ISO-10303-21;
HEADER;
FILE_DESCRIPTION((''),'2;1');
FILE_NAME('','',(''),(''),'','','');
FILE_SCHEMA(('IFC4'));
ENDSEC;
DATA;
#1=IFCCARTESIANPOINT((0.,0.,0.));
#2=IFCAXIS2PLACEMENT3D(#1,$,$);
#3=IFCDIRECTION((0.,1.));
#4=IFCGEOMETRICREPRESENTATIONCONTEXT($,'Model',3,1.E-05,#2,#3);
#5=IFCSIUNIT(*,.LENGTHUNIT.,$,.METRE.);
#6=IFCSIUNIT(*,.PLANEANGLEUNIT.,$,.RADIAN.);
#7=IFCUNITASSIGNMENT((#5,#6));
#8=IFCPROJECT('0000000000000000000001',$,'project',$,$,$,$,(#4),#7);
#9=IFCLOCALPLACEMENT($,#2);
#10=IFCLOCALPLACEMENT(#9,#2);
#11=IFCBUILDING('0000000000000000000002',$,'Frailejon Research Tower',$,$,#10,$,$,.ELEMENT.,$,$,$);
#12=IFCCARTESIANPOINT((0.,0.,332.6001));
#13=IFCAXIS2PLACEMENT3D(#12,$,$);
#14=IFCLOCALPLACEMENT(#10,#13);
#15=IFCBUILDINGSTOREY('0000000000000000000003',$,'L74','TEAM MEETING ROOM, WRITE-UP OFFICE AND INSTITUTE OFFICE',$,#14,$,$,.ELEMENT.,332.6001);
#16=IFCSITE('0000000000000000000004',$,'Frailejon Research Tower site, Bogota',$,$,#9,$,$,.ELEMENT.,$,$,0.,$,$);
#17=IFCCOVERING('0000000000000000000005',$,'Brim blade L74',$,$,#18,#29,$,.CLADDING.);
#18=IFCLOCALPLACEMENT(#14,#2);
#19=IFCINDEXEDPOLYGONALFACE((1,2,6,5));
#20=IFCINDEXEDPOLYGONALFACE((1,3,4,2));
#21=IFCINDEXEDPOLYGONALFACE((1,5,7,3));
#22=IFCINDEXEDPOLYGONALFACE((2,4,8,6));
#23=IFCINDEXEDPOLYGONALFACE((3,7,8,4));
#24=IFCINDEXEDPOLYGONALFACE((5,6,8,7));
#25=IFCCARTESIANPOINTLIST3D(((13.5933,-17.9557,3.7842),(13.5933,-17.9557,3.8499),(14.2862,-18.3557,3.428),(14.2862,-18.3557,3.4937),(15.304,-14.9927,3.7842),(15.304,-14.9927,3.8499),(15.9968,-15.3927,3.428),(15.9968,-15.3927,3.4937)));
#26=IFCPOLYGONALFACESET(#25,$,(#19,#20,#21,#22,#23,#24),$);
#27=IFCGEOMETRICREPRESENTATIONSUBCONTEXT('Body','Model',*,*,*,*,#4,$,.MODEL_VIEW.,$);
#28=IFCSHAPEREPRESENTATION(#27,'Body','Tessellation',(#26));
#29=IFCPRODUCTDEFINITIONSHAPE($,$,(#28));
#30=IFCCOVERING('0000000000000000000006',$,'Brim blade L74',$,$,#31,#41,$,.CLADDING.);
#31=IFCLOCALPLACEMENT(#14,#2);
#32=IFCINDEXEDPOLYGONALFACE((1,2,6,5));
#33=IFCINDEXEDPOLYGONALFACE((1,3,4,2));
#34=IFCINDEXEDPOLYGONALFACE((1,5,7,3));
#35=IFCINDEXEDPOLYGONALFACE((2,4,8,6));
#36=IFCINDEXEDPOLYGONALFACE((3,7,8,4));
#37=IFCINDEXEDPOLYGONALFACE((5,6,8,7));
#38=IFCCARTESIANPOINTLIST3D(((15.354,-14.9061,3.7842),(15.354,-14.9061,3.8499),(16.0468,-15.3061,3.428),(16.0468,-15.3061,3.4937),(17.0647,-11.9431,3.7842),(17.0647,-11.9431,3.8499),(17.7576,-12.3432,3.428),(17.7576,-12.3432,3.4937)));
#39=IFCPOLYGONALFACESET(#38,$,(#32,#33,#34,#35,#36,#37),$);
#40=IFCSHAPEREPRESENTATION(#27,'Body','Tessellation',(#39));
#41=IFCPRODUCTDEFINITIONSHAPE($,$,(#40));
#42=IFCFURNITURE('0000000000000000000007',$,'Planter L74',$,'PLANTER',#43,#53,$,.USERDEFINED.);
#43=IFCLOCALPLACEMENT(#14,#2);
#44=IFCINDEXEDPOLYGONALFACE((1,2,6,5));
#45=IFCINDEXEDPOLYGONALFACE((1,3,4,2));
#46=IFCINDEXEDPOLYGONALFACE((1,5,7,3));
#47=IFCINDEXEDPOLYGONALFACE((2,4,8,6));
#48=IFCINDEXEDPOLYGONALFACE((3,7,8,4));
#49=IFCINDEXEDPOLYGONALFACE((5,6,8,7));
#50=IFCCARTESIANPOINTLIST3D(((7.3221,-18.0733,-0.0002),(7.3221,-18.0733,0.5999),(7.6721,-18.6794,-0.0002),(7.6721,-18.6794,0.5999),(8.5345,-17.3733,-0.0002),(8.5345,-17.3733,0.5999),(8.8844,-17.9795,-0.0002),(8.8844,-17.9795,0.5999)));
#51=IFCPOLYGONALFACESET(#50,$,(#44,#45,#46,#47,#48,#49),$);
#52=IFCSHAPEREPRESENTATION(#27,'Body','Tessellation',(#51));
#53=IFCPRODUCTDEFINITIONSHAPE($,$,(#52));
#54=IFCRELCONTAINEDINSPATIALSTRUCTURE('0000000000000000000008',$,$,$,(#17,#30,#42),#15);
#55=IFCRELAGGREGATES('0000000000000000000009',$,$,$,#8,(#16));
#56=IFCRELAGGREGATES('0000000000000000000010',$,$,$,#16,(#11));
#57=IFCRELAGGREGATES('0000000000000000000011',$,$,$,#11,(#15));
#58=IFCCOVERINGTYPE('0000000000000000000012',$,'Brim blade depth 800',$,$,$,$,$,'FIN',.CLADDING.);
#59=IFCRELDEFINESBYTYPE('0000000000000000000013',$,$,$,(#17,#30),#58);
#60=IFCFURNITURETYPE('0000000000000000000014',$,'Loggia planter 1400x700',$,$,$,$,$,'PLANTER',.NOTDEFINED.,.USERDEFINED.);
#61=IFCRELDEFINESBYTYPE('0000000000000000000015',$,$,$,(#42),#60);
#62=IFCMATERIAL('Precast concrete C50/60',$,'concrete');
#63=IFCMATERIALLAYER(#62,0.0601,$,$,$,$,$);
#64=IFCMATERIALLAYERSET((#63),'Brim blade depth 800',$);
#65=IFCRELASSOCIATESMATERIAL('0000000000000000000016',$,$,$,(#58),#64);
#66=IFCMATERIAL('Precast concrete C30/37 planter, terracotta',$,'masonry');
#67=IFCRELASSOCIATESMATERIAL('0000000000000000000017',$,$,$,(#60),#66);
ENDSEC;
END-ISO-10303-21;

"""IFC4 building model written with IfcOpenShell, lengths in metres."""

from ifc_helpers import new_model, si_unit, direction, frame, origin, origin_2d, place, context, subcontext, project, spatial, polyline, rectangle, outline, extrude, material, layer, layer_set, type_object, element, save


model = new_model("IFC4")

# Units and contexts
model_context = context("Model", 3, precision=1e-05, world=origin(), true_north=direction((0.0, 1.0)))
body_context = subcontext(model_context, "Body", "Model", "MODEL_VIEW")
ifc_project = project(units=[si_unit("LENGTHUNIT", "METRE"), si_unit("PLANEANGLEUNIT", "RADIAN")], contexts=[model_context])

# Site, building, storey
site_placement = place(None, origin())
site = spatial("IfcSite", under=ifc_project, at=site_placement, Name="Frailejon Research Tower site, Bogota", CompositionType="ELEMENT", RefElevation=0.0)
building_placement = place(site_placement, origin())
building = spatial("IfcBuilding", under=site, at=building_placement, Name="Frailejon Research Tower", CompositionType="ELEMENT")
storey_placement = place(building_placement, frame((0.0, 0.0, 332.6001)))
storey = spatial("IfcBuildingStorey", under=building, at=storey_placement, Name="L74", Description="TEAM MEETING ROOM, WRITE-UP OFFICE AND INSTITUTE OFFICE", CompositionType="ELEMENT", Elevation=332.6001)

# Coverings
ifc_material_1 = material(Name="Precast concrete C50/60", Category="concrete")
ifc_layer_1 = layer(ifc_material_1, 0.0601)
ifc_layer_set_1 = layer_set([ifc_layer_1], Name="Brim blade depth 800")
covering_type_1 = type_object("IfcCoveringType", Name="Brim blade depth 800", ElementType="FIN", PredefinedType="CLADDING", material=ifc_layer_set_1)
for number, where, z_axis, x_axis, name in (
    (1, (15.304, -14.9927, 3.8499), (-0.499981, -0.866036, 0.0), (0.866036, -0.499981, 0.0), "Brim blade L74"),
    (2, (17.0647, -11.9431, 3.8499), (-0.500015, -0.866017, 0.0), (0.866017, -0.500015, 0.0), "Brim blade L74"),
):
    element("IfcCovering", number, at=place(storey_placement, frame(where, z_axis=z_axis, x_axis=x_axis)), inside=storey, type_object=covering_type_1, Name=name, PredefinedType="CLADDING", context=body_context, shape_type="SweptSolid", body=[
        extrude(outline(polyline([(0.0, -0.0657), (0.8, -0.4219), (0.8, -0.3562), (0.0, 0.0), (0.0, -0.0657)])), origin(), (0.0, 0.0, 1.0), 3.4214),
    ])

# Furniture
ifc_material_2 = material(Name="Precast concrete C30/37 planter, terracotta", Category="masonry")
furniture_type = type_object("IfcFurnitureType", Name="Loggia planter 1400x700", ElementType="PLANTER", AssemblyPlace="NOTDEFINED", PredefinedType="USERDEFINED", material=ifc_material_2)
furniture_placement = place(storey_placement, frame((8.1033, -18.0264, -0.0002), z_axis=(0.0, 0.0, 1.0), x_axis=(0.866025, 0.5, 0.0)))
element("IfcFurniture", 3, at=furniture_placement, inside=storey, type_object=furniture_type, Name="Planter L74", ObjectType="PLANTER", PredefinedType="USERDEFINED", context=body_context, shape_type="SweptSolid", body=[
    extrude(rectangle(XDim=1.3999, YDim=0.7, at=origin_2d()), origin(), (0.0, 0.0, 1.0), 0.6001),
])

save(model, "model.ifc")
